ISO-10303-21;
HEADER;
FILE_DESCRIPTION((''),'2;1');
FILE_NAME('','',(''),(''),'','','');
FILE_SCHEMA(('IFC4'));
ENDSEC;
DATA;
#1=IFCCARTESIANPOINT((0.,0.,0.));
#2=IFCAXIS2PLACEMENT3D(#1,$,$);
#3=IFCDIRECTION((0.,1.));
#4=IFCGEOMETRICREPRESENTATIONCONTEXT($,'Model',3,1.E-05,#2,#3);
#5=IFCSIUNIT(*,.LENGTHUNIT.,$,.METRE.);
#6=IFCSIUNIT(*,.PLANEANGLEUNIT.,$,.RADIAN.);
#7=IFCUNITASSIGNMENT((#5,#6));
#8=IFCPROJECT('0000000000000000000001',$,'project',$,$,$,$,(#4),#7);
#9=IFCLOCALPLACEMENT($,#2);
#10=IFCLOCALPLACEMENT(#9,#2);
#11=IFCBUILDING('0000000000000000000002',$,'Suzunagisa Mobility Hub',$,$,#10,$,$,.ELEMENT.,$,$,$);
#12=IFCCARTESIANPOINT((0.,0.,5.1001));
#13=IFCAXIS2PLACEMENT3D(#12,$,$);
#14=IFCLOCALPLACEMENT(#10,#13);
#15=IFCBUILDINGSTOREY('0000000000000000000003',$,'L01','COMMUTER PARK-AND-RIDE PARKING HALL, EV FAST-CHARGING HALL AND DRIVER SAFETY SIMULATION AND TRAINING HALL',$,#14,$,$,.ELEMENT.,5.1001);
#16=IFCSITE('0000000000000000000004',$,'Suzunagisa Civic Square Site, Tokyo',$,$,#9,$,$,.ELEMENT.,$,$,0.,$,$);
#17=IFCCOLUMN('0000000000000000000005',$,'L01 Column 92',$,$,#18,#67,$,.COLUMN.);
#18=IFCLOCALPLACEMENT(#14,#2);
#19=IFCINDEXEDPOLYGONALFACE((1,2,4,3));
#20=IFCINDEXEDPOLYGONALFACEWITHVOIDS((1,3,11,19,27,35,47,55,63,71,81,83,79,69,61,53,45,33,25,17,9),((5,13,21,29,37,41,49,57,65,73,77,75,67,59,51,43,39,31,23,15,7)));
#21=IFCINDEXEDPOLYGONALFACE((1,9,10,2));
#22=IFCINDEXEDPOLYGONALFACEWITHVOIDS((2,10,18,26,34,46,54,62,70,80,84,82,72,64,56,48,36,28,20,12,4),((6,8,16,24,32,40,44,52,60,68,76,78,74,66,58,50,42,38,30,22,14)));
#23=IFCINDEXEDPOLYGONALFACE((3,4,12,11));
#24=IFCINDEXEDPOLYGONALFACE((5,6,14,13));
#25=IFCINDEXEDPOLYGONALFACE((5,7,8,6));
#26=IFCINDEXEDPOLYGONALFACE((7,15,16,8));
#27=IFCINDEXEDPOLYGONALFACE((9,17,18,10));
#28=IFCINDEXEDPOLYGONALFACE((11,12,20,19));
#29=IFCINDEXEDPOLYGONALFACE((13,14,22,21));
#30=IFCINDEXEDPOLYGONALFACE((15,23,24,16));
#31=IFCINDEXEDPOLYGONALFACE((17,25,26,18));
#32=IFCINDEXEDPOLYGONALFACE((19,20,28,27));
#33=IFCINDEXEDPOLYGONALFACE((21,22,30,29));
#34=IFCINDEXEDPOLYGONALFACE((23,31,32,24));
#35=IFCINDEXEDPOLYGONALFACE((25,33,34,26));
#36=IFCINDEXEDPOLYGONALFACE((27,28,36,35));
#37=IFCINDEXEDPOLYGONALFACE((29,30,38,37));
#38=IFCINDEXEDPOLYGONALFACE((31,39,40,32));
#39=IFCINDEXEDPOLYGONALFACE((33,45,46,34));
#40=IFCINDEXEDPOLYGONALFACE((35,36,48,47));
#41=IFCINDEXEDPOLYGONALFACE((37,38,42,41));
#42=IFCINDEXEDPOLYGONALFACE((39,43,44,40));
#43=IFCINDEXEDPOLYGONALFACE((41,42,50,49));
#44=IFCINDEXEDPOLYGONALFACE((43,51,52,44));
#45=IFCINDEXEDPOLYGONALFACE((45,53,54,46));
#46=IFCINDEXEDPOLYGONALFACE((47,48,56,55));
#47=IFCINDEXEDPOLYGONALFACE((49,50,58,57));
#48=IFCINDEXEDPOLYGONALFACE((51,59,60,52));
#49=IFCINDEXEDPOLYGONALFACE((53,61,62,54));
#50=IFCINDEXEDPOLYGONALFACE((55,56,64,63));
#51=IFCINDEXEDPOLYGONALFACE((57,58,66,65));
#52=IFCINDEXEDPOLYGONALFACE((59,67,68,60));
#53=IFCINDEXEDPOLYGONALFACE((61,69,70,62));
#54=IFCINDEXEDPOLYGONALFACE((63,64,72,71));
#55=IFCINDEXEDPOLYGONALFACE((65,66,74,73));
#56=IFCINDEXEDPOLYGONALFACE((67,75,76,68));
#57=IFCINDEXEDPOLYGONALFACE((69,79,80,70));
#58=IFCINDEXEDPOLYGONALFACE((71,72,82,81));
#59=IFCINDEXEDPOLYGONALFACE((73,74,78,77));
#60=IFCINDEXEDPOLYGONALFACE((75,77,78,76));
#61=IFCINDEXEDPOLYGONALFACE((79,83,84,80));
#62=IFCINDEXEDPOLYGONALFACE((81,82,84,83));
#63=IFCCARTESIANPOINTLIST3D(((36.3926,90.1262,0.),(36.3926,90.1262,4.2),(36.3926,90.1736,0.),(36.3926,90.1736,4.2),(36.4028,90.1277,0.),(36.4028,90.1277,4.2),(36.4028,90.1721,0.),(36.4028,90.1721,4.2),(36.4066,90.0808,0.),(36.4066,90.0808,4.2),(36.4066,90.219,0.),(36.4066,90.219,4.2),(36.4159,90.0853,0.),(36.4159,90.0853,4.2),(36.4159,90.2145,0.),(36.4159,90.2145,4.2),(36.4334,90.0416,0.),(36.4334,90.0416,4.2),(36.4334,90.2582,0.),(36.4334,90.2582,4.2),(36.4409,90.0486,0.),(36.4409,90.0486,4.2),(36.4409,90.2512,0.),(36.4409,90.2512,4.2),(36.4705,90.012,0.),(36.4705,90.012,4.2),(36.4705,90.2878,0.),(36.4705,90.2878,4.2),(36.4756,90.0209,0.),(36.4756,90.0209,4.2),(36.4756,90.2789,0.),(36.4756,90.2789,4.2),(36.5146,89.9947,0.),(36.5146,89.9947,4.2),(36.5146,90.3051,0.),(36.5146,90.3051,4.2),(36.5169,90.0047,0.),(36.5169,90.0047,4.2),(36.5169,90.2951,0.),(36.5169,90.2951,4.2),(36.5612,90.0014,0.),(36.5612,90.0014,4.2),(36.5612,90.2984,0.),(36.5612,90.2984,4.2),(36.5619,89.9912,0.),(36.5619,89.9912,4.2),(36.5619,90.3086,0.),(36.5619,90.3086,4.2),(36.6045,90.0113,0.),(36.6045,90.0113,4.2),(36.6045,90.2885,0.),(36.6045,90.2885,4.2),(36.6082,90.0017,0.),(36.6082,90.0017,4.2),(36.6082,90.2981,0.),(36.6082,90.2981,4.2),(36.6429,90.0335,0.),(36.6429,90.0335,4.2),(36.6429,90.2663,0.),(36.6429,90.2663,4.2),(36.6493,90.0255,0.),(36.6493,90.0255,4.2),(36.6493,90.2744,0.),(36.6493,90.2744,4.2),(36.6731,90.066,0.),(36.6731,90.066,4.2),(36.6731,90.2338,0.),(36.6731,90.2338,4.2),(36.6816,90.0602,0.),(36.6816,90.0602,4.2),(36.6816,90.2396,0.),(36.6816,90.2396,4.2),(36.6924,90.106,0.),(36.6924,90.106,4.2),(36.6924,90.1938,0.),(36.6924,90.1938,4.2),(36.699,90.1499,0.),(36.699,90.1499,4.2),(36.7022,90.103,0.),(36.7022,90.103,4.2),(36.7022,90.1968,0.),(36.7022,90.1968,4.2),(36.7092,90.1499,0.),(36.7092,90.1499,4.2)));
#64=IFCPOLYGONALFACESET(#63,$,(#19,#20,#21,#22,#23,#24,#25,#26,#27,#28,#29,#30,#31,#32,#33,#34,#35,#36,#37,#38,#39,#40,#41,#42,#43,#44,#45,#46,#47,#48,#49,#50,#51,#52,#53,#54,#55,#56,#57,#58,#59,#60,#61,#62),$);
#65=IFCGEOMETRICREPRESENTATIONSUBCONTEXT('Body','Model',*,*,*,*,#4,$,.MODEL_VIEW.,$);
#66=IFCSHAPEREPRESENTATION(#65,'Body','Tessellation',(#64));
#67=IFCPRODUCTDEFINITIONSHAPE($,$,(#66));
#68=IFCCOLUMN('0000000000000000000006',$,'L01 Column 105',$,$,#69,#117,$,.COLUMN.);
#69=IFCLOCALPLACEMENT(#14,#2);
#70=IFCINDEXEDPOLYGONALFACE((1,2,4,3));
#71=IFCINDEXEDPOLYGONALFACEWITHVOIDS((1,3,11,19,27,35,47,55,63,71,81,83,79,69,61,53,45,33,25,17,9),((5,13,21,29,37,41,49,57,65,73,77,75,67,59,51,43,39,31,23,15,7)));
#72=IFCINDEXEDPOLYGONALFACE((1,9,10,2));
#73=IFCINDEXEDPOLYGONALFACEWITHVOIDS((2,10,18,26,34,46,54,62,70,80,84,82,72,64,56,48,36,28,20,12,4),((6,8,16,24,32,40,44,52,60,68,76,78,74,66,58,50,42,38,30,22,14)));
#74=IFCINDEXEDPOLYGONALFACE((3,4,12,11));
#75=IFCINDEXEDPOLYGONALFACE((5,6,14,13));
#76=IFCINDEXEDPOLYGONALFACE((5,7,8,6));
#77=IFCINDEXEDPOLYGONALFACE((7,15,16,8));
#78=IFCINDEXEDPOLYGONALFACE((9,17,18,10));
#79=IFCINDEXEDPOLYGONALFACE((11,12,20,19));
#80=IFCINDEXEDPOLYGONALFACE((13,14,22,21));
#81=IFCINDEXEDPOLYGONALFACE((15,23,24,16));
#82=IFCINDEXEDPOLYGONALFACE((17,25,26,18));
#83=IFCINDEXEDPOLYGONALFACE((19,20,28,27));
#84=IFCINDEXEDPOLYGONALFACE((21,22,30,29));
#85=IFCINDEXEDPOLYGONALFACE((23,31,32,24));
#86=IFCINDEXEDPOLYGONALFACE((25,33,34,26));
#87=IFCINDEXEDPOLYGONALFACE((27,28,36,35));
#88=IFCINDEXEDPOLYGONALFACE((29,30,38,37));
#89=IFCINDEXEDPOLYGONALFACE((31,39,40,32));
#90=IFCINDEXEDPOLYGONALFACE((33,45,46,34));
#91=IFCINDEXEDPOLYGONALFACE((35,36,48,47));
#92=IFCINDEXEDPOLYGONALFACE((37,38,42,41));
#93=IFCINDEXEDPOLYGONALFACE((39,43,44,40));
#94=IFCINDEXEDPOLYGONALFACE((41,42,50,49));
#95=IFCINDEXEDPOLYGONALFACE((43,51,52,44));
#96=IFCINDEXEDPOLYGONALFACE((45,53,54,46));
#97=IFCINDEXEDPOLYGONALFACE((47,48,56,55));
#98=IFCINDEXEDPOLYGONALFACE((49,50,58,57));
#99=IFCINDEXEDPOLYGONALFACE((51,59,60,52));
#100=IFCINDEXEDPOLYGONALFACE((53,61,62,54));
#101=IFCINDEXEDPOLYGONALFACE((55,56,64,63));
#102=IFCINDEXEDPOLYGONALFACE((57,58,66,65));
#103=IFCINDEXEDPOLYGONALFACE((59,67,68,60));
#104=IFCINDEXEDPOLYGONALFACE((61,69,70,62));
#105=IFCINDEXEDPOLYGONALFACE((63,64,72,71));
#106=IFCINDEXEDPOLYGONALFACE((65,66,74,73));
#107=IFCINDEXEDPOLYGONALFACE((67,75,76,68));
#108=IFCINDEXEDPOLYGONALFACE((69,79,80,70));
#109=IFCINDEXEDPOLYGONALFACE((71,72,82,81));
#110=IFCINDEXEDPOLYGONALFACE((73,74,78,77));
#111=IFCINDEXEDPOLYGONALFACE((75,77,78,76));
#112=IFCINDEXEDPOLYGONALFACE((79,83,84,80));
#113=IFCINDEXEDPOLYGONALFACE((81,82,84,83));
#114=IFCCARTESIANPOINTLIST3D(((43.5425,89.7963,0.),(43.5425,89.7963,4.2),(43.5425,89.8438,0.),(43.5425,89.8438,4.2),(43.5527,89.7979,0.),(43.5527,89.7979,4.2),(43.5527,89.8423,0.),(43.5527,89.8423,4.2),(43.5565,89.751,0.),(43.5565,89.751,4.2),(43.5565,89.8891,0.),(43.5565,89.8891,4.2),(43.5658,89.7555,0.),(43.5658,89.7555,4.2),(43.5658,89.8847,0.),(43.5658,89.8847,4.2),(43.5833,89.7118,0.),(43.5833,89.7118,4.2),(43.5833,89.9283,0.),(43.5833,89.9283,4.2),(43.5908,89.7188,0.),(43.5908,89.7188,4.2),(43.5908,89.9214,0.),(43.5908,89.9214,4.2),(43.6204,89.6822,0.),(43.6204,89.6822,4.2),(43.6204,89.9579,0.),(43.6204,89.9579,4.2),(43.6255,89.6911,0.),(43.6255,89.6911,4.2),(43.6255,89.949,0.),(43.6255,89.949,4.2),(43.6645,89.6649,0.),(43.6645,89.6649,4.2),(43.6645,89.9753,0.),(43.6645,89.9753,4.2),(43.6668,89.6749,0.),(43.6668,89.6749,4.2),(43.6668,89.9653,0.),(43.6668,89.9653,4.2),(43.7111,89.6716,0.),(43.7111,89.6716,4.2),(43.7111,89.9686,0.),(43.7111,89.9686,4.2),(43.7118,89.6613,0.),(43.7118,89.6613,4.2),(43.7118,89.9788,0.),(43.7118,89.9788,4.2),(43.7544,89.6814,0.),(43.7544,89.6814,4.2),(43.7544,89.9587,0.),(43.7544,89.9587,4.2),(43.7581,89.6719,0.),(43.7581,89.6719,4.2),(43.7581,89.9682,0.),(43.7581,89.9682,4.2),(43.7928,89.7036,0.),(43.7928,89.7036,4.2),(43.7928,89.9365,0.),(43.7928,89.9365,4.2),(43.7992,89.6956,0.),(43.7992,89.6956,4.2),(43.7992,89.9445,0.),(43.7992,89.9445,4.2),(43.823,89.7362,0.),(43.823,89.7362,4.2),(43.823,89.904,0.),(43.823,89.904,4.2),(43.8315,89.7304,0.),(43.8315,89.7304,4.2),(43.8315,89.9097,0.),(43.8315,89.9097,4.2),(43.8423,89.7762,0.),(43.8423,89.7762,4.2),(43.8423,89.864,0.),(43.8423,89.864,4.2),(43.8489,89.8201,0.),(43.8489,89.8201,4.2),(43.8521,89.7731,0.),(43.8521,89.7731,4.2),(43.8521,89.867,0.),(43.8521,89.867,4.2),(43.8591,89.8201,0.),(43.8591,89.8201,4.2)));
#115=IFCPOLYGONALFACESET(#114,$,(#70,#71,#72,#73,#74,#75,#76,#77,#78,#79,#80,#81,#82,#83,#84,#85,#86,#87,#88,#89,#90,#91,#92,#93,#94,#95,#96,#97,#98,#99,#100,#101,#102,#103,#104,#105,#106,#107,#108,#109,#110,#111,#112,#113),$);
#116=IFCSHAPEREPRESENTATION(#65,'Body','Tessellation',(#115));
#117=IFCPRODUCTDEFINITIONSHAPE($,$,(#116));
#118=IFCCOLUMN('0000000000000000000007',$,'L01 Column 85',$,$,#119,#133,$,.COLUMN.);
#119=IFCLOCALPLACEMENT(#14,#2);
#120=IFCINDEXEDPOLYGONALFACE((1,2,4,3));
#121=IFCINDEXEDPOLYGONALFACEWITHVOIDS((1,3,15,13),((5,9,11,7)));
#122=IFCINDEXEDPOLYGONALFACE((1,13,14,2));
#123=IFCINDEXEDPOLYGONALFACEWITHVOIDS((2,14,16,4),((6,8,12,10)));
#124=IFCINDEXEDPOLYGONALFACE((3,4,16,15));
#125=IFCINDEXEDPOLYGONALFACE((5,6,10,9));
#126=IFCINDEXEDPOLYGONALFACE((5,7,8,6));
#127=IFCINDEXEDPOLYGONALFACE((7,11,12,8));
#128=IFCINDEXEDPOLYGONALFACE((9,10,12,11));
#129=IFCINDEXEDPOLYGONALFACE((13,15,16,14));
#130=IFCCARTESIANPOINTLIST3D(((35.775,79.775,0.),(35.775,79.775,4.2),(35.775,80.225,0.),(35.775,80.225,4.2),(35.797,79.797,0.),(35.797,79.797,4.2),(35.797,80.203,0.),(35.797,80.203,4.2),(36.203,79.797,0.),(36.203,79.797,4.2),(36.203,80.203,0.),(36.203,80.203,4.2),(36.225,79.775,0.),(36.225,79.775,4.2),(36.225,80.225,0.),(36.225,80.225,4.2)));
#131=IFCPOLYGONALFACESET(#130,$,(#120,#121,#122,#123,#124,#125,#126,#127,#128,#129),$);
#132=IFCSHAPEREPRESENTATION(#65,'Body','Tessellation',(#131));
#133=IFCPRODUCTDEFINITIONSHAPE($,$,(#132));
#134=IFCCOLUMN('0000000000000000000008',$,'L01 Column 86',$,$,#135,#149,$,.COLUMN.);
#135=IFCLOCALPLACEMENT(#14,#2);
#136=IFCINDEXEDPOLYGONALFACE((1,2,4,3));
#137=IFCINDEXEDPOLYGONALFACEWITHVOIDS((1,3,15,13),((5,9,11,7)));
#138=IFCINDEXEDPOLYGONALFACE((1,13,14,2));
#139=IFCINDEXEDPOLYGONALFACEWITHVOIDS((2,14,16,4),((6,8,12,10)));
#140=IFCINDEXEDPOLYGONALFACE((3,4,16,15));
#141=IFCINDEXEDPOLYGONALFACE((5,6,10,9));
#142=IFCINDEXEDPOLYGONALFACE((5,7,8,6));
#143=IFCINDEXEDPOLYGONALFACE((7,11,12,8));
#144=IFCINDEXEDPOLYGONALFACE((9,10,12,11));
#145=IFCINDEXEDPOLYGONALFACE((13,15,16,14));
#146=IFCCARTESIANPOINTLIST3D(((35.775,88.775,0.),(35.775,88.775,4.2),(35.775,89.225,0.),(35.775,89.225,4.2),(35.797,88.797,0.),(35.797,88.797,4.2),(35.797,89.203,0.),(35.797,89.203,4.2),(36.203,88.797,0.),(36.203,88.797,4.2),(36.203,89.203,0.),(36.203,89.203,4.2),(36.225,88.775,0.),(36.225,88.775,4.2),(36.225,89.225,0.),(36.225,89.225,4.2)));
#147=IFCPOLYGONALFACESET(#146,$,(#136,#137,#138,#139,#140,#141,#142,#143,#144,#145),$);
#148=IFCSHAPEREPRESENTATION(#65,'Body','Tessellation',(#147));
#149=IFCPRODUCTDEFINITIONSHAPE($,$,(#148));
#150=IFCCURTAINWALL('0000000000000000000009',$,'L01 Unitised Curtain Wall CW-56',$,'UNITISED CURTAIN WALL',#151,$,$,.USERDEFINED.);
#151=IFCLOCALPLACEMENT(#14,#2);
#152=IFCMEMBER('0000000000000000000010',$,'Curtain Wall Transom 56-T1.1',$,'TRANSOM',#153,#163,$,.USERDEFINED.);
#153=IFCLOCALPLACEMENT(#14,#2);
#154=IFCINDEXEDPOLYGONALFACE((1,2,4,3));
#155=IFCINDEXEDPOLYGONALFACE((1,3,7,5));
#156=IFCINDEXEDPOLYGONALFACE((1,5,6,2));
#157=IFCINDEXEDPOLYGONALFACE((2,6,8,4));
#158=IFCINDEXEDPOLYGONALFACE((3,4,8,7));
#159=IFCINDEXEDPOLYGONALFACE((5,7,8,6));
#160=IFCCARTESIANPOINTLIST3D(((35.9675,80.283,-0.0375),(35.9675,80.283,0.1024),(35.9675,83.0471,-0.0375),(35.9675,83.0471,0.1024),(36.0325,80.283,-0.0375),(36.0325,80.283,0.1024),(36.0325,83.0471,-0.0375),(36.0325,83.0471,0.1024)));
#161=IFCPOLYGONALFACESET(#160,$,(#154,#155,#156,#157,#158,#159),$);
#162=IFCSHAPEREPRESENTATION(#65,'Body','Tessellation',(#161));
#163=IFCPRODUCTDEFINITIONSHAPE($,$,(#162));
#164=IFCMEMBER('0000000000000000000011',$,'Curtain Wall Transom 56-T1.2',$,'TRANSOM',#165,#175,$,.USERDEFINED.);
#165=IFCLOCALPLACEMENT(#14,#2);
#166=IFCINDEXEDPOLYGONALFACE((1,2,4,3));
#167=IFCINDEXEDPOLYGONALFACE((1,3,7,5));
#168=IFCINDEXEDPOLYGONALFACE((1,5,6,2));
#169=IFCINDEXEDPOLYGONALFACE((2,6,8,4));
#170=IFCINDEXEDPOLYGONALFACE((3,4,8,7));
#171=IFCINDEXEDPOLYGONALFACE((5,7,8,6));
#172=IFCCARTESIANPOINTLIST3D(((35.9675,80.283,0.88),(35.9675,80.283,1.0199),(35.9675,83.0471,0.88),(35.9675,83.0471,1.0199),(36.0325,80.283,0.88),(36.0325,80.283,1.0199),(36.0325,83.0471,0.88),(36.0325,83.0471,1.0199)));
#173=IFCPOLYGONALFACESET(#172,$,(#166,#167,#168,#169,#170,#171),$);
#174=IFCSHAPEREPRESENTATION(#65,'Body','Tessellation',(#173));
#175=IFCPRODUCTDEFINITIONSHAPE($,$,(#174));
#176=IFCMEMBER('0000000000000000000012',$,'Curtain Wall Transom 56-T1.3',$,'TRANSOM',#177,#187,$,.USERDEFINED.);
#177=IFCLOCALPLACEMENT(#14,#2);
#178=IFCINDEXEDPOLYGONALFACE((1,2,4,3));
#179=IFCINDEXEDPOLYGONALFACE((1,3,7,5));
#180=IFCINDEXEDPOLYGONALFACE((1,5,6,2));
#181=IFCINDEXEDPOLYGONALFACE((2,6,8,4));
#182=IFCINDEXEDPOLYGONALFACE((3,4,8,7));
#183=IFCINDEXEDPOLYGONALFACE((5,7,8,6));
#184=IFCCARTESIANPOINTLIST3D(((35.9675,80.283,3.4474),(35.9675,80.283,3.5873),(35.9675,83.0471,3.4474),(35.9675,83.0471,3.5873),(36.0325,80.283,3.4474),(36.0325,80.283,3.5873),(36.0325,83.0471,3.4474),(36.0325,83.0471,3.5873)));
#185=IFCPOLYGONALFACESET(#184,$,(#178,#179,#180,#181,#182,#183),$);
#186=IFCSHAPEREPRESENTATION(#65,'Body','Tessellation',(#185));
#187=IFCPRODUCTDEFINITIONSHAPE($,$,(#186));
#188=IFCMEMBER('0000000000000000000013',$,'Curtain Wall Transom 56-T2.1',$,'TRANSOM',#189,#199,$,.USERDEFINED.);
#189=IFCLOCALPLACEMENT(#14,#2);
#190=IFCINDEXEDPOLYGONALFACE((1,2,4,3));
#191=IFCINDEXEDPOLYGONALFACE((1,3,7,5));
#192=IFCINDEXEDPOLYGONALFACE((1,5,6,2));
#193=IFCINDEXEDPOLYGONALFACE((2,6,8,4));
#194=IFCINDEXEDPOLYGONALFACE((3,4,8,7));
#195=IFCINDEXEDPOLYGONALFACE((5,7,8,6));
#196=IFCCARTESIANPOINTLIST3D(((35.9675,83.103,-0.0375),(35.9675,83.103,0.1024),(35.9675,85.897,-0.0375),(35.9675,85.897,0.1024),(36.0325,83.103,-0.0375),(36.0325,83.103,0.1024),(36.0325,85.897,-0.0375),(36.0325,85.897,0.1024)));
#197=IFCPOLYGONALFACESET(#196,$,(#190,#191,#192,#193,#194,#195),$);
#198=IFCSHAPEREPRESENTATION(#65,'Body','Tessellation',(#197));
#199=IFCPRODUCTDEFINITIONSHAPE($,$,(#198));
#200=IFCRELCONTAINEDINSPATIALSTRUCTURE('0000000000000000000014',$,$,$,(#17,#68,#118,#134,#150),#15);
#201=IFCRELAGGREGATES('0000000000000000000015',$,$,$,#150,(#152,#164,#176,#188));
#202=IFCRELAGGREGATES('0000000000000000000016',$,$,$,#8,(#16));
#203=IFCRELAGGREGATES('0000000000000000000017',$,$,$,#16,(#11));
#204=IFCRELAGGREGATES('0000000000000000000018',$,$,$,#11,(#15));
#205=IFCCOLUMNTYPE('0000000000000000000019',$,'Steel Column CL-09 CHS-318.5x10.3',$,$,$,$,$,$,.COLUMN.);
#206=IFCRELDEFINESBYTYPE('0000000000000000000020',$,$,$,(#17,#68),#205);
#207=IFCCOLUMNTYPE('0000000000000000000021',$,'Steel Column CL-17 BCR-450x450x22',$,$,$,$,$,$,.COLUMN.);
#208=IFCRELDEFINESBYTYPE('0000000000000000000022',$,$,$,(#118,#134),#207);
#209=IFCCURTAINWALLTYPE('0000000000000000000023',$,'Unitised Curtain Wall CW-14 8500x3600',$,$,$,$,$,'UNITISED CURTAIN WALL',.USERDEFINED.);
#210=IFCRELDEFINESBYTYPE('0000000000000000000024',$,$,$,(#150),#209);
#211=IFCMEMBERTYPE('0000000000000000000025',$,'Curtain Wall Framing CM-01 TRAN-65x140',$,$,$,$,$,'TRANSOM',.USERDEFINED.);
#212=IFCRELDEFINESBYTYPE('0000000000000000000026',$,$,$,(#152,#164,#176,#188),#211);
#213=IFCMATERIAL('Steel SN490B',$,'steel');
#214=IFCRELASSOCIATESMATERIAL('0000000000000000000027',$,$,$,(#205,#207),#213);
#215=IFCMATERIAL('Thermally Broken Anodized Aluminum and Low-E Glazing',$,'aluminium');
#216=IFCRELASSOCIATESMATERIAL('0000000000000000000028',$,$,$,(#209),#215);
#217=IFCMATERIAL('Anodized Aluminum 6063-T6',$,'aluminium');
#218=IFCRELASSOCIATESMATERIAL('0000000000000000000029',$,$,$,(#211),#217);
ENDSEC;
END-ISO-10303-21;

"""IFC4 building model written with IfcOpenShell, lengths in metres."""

from ifc_helpers import new_model, si_unit, direction, frame, origin, origin_2d, place, context, subcontext, project, spatial, rectangle, hollow_rectangle, hollow_circle, extrude, material, material_profile, profile_set, type_object, element, aggregate, save


model = new_model("IFC4")

# Units and contexts
model_context = context("Model", 3, precision=1e-05, world=origin(), true_north=direction((0.0, 1.0)))
body_context = subcontext(model_context, "Body", "Model", "MODEL_VIEW")
ifc_project = project(units=[si_unit("LENGTHUNIT", "METRE"), si_unit("PLANEANGLEUNIT", "RADIAN")], contexts=[model_context])

# Site, building, storey
site_placement = place(None, origin())
site = spatial("IfcSite", under=ifc_project, at=site_placement, Name="Suzunagisa Civic Square Site, Tokyo", CompositionType="ELEMENT", RefElevation=0.0)
building_placement = place(site_placement, origin())
building = spatial("IfcBuilding", under=site, at=building_placement, Name="Suzunagisa Mobility Hub", CompositionType="ELEMENT")
storey_placement = place(building_placement, frame((0.0, 0.0, 5.1001)))
storey = spatial("IfcBuildingStorey", under=building, at=storey_placement, Name="L01", Description="COMMUTER PARK-AND-RIDE PARKING HALL, EV FAST-CHARGING HALL AND DRIVER SAFETY SIMULATION AND TRAINING HALL", CompositionType="ELEMENT", Elevation=5.1001)

# Columns
ifc_material_1 = material(Name="Steel SN490B", Category="steel")
ifc_material_profile_1 = material_profile(ifc_material_1, hollow_circle(Radius=0.1592, WallThickness=0.0103, at=origin_2d()), Name="CHS-318.5x10.3")
ifc_profile_set_1 = profile_set([ifc_material_profile_1], Name="Steel SN490B")
column_type_1 = type_object("IfcColumnType", Name="Steel Column CL-09 CHS-318.5x10.3", PredefinedType="COLUMN", material=ifc_profile_set_1)
for number, where, z_axis, x_axis, name in (
    (1, (36.55, 90.1499, 0.0), (0.0, 0.0, 1.0), (1.0, 0.0, 0.0), "L01 Column 92"),
    (2, (43.7, 89.8201, 0.0), (0.0, 0.0, 1.0), (1.0, 0.0, 0.0), "L01 Column 105"),
):
    element("IfcColumn", number, at=place(storey_placement, frame(where, z_axis=z_axis, x_axis=x_axis)), inside=storey, type_object=column_type_1, Name=name, PredefinedType="COLUMN", context=body_context, shape_type="SweptSolid", body=[
        extrude(hollow_circle(Radius=0.1592, WallThickness=0.0103, at=origin_2d()), origin(), (0.0, 0.0, 1.0), 4.2),
    ])
ifc_material_profile_2 = material_profile(ifc_material_1, hollow_rectangle(XDim=0.45, YDim=0.45, WallThickness=0.022, at=origin_2d()), Name="BCR-450x450x22")
ifc_profile_set_2 = profile_set([ifc_material_profile_2], Name="Steel SN490B")
column_type_2 = type_object("IfcColumnType", Name="Steel Column CL-17 BCR-450x450x22", PredefinedType="COLUMN", material=ifc_profile_set_2)
for number, where, z_axis, x_axis, name in (
    (3, (36.0, 80.0, 0.0), (0.0, 0.0, 1.0), (1.0, 0.0, 0.0), "L01 Column 85"),
    (4, (36.0, 89.0, 0.0), (0.0, 0.0, 1.0), (1.0, 0.0, 0.0), "L01 Column 86"),
):
    element("IfcColumn", number, at=place(storey_placement, frame(where, z_axis=z_axis, x_axis=x_axis)), inside=storey, type_object=column_type_2, Name=name, PredefinedType="COLUMN", context=body_context, shape_type="SweptSolid", body=[
        extrude(hollow_rectangle(XDim=0.45, YDim=0.45, WallThickness=0.022, at=origin_2d()), origin(), (0.0, 0.0, 1.0), 4.2),
    ])

# Curtain wall, members
ifc_material_2 = material(Name="Thermally Broken Anodized Aluminum and Low-E Glazing", Category="aluminium")
curtain_wall_type = type_object("IfcCurtainWallType", Name="Unitised Curtain Wall CW-14 8500x3600", ElementType="UNITISED CURTAIN WALL", PredefinedType="USERDEFINED", material=ifc_material_2)
curtain_wall_placement = place(storey_placement, origin())
curtain_wall = element("IfcCurtainWall", 5, at=curtain_wall_placement, inside=storey, type_object=curtain_wall_type, Name="L01 Unitised Curtain Wall CW-56", ObjectType="UNITISED CURTAIN WALL", PredefinedType="USERDEFINED")
ifc_material_3 = material(Name="Anodized Aluminum 6063-T6", Category="aluminium")
ifc_material_profile_3 = material_profile(ifc_material_3, rectangle(XDim=0.0649, YDim=0.1399, at=origin_2d()), Name="TRAN-65x140")
ifc_profile_set_3 = profile_set([ifc_material_profile_3], Name="Anodized Aluminum 6063-T6")
member_type_1 = type_object("IfcMemberType", Name="Curtain Wall Framing CM-01 TRAN-65x140", ElementType="TRANSOM", PredefinedType="USERDEFINED", material=ifc_profile_set_3)
member_1_placement = place(storey_placement, frame((36.0, 80.283, 0.0325), z_axis=(0.0, 1.0, 0.0), x_axis=(-1.0, 0.0, 0.0)))
member_1 = element("IfcMember", 6, at=member_1_placement, type_object=member_type_1, Name="Curtain Wall Transom 56-T1.1", ObjectType="TRANSOM", PredefinedType="USERDEFINED", context=body_context, shape_type="SweptSolid", body=[
    extrude(rectangle(XDim=0.0649, YDim=0.1399, at=origin_2d()), origin(), (0.0, 0.0, 1.0), 2.7642),
])
member_2_placement = place(storey_placement, frame((36.0, 80.283, 0.95), z_axis=(0.0, 1.0, 0.0), x_axis=(-1.0, 0.0, 0.0)))
member_2 = element("IfcMember", 7, at=member_2_placement, type_object=member_type_1, Name="Curtain Wall Transom 56-T1.2", ObjectType="TRANSOM", PredefinedType="USERDEFINED", context=body_context, shape_type="SweptSolid", body=[
    extrude(rectangle(XDim=0.0649, YDim=0.1399, at=origin_2d()), origin(), (0.0, 0.0, 1.0), 2.7642),
])
member_3_placement = place(storey_placement, frame((36.0, 80.283, 3.5173), z_axis=(0.0, 1.0, 0.0), x_axis=(-1.0, 0.0, 0.0)))
member_3 = element("IfcMember", 8, at=member_3_placement, type_object=member_type_1, Name="Curtain Wall Transom 56-T1.3", ObjectType="TRANSOM", PredefinedType="USERDEFINED", context=body_context, shape_type="SweptSolid", body=[
    extrude(rectangle(XDim=0.0649, YDim=0.1399, at=origin_2d()), origin(), (0.0, 0.0, 1.0), 2.7642),
])
member_4_placement = place(storey_placement, frame((36.0, 83.103, 0.0325), z_axis=(0.0, 1.0, 0.0), x_axis=(-1.0, 0.0, 0.0)))
member_4 = element("IfcMember", 9, at=member_4_placement, type_object=member_type_1, Name="Curtain Wall Transom 56-T2.1", ObjectType="TRANSOM", PredefinedType="USERDEFINED", context=body_context, shape_type="SweptSolid", body=[
    extrude(rectangle(XDim=0.0649, YDim=0.1399, at=origin_2d()), origin(), (0.0, 0.0, 1.0), 2.7939),
])

aggregate(curtain_wall, [member_1, member_2, member_3, member_4])

save(model, "model.ifc")
